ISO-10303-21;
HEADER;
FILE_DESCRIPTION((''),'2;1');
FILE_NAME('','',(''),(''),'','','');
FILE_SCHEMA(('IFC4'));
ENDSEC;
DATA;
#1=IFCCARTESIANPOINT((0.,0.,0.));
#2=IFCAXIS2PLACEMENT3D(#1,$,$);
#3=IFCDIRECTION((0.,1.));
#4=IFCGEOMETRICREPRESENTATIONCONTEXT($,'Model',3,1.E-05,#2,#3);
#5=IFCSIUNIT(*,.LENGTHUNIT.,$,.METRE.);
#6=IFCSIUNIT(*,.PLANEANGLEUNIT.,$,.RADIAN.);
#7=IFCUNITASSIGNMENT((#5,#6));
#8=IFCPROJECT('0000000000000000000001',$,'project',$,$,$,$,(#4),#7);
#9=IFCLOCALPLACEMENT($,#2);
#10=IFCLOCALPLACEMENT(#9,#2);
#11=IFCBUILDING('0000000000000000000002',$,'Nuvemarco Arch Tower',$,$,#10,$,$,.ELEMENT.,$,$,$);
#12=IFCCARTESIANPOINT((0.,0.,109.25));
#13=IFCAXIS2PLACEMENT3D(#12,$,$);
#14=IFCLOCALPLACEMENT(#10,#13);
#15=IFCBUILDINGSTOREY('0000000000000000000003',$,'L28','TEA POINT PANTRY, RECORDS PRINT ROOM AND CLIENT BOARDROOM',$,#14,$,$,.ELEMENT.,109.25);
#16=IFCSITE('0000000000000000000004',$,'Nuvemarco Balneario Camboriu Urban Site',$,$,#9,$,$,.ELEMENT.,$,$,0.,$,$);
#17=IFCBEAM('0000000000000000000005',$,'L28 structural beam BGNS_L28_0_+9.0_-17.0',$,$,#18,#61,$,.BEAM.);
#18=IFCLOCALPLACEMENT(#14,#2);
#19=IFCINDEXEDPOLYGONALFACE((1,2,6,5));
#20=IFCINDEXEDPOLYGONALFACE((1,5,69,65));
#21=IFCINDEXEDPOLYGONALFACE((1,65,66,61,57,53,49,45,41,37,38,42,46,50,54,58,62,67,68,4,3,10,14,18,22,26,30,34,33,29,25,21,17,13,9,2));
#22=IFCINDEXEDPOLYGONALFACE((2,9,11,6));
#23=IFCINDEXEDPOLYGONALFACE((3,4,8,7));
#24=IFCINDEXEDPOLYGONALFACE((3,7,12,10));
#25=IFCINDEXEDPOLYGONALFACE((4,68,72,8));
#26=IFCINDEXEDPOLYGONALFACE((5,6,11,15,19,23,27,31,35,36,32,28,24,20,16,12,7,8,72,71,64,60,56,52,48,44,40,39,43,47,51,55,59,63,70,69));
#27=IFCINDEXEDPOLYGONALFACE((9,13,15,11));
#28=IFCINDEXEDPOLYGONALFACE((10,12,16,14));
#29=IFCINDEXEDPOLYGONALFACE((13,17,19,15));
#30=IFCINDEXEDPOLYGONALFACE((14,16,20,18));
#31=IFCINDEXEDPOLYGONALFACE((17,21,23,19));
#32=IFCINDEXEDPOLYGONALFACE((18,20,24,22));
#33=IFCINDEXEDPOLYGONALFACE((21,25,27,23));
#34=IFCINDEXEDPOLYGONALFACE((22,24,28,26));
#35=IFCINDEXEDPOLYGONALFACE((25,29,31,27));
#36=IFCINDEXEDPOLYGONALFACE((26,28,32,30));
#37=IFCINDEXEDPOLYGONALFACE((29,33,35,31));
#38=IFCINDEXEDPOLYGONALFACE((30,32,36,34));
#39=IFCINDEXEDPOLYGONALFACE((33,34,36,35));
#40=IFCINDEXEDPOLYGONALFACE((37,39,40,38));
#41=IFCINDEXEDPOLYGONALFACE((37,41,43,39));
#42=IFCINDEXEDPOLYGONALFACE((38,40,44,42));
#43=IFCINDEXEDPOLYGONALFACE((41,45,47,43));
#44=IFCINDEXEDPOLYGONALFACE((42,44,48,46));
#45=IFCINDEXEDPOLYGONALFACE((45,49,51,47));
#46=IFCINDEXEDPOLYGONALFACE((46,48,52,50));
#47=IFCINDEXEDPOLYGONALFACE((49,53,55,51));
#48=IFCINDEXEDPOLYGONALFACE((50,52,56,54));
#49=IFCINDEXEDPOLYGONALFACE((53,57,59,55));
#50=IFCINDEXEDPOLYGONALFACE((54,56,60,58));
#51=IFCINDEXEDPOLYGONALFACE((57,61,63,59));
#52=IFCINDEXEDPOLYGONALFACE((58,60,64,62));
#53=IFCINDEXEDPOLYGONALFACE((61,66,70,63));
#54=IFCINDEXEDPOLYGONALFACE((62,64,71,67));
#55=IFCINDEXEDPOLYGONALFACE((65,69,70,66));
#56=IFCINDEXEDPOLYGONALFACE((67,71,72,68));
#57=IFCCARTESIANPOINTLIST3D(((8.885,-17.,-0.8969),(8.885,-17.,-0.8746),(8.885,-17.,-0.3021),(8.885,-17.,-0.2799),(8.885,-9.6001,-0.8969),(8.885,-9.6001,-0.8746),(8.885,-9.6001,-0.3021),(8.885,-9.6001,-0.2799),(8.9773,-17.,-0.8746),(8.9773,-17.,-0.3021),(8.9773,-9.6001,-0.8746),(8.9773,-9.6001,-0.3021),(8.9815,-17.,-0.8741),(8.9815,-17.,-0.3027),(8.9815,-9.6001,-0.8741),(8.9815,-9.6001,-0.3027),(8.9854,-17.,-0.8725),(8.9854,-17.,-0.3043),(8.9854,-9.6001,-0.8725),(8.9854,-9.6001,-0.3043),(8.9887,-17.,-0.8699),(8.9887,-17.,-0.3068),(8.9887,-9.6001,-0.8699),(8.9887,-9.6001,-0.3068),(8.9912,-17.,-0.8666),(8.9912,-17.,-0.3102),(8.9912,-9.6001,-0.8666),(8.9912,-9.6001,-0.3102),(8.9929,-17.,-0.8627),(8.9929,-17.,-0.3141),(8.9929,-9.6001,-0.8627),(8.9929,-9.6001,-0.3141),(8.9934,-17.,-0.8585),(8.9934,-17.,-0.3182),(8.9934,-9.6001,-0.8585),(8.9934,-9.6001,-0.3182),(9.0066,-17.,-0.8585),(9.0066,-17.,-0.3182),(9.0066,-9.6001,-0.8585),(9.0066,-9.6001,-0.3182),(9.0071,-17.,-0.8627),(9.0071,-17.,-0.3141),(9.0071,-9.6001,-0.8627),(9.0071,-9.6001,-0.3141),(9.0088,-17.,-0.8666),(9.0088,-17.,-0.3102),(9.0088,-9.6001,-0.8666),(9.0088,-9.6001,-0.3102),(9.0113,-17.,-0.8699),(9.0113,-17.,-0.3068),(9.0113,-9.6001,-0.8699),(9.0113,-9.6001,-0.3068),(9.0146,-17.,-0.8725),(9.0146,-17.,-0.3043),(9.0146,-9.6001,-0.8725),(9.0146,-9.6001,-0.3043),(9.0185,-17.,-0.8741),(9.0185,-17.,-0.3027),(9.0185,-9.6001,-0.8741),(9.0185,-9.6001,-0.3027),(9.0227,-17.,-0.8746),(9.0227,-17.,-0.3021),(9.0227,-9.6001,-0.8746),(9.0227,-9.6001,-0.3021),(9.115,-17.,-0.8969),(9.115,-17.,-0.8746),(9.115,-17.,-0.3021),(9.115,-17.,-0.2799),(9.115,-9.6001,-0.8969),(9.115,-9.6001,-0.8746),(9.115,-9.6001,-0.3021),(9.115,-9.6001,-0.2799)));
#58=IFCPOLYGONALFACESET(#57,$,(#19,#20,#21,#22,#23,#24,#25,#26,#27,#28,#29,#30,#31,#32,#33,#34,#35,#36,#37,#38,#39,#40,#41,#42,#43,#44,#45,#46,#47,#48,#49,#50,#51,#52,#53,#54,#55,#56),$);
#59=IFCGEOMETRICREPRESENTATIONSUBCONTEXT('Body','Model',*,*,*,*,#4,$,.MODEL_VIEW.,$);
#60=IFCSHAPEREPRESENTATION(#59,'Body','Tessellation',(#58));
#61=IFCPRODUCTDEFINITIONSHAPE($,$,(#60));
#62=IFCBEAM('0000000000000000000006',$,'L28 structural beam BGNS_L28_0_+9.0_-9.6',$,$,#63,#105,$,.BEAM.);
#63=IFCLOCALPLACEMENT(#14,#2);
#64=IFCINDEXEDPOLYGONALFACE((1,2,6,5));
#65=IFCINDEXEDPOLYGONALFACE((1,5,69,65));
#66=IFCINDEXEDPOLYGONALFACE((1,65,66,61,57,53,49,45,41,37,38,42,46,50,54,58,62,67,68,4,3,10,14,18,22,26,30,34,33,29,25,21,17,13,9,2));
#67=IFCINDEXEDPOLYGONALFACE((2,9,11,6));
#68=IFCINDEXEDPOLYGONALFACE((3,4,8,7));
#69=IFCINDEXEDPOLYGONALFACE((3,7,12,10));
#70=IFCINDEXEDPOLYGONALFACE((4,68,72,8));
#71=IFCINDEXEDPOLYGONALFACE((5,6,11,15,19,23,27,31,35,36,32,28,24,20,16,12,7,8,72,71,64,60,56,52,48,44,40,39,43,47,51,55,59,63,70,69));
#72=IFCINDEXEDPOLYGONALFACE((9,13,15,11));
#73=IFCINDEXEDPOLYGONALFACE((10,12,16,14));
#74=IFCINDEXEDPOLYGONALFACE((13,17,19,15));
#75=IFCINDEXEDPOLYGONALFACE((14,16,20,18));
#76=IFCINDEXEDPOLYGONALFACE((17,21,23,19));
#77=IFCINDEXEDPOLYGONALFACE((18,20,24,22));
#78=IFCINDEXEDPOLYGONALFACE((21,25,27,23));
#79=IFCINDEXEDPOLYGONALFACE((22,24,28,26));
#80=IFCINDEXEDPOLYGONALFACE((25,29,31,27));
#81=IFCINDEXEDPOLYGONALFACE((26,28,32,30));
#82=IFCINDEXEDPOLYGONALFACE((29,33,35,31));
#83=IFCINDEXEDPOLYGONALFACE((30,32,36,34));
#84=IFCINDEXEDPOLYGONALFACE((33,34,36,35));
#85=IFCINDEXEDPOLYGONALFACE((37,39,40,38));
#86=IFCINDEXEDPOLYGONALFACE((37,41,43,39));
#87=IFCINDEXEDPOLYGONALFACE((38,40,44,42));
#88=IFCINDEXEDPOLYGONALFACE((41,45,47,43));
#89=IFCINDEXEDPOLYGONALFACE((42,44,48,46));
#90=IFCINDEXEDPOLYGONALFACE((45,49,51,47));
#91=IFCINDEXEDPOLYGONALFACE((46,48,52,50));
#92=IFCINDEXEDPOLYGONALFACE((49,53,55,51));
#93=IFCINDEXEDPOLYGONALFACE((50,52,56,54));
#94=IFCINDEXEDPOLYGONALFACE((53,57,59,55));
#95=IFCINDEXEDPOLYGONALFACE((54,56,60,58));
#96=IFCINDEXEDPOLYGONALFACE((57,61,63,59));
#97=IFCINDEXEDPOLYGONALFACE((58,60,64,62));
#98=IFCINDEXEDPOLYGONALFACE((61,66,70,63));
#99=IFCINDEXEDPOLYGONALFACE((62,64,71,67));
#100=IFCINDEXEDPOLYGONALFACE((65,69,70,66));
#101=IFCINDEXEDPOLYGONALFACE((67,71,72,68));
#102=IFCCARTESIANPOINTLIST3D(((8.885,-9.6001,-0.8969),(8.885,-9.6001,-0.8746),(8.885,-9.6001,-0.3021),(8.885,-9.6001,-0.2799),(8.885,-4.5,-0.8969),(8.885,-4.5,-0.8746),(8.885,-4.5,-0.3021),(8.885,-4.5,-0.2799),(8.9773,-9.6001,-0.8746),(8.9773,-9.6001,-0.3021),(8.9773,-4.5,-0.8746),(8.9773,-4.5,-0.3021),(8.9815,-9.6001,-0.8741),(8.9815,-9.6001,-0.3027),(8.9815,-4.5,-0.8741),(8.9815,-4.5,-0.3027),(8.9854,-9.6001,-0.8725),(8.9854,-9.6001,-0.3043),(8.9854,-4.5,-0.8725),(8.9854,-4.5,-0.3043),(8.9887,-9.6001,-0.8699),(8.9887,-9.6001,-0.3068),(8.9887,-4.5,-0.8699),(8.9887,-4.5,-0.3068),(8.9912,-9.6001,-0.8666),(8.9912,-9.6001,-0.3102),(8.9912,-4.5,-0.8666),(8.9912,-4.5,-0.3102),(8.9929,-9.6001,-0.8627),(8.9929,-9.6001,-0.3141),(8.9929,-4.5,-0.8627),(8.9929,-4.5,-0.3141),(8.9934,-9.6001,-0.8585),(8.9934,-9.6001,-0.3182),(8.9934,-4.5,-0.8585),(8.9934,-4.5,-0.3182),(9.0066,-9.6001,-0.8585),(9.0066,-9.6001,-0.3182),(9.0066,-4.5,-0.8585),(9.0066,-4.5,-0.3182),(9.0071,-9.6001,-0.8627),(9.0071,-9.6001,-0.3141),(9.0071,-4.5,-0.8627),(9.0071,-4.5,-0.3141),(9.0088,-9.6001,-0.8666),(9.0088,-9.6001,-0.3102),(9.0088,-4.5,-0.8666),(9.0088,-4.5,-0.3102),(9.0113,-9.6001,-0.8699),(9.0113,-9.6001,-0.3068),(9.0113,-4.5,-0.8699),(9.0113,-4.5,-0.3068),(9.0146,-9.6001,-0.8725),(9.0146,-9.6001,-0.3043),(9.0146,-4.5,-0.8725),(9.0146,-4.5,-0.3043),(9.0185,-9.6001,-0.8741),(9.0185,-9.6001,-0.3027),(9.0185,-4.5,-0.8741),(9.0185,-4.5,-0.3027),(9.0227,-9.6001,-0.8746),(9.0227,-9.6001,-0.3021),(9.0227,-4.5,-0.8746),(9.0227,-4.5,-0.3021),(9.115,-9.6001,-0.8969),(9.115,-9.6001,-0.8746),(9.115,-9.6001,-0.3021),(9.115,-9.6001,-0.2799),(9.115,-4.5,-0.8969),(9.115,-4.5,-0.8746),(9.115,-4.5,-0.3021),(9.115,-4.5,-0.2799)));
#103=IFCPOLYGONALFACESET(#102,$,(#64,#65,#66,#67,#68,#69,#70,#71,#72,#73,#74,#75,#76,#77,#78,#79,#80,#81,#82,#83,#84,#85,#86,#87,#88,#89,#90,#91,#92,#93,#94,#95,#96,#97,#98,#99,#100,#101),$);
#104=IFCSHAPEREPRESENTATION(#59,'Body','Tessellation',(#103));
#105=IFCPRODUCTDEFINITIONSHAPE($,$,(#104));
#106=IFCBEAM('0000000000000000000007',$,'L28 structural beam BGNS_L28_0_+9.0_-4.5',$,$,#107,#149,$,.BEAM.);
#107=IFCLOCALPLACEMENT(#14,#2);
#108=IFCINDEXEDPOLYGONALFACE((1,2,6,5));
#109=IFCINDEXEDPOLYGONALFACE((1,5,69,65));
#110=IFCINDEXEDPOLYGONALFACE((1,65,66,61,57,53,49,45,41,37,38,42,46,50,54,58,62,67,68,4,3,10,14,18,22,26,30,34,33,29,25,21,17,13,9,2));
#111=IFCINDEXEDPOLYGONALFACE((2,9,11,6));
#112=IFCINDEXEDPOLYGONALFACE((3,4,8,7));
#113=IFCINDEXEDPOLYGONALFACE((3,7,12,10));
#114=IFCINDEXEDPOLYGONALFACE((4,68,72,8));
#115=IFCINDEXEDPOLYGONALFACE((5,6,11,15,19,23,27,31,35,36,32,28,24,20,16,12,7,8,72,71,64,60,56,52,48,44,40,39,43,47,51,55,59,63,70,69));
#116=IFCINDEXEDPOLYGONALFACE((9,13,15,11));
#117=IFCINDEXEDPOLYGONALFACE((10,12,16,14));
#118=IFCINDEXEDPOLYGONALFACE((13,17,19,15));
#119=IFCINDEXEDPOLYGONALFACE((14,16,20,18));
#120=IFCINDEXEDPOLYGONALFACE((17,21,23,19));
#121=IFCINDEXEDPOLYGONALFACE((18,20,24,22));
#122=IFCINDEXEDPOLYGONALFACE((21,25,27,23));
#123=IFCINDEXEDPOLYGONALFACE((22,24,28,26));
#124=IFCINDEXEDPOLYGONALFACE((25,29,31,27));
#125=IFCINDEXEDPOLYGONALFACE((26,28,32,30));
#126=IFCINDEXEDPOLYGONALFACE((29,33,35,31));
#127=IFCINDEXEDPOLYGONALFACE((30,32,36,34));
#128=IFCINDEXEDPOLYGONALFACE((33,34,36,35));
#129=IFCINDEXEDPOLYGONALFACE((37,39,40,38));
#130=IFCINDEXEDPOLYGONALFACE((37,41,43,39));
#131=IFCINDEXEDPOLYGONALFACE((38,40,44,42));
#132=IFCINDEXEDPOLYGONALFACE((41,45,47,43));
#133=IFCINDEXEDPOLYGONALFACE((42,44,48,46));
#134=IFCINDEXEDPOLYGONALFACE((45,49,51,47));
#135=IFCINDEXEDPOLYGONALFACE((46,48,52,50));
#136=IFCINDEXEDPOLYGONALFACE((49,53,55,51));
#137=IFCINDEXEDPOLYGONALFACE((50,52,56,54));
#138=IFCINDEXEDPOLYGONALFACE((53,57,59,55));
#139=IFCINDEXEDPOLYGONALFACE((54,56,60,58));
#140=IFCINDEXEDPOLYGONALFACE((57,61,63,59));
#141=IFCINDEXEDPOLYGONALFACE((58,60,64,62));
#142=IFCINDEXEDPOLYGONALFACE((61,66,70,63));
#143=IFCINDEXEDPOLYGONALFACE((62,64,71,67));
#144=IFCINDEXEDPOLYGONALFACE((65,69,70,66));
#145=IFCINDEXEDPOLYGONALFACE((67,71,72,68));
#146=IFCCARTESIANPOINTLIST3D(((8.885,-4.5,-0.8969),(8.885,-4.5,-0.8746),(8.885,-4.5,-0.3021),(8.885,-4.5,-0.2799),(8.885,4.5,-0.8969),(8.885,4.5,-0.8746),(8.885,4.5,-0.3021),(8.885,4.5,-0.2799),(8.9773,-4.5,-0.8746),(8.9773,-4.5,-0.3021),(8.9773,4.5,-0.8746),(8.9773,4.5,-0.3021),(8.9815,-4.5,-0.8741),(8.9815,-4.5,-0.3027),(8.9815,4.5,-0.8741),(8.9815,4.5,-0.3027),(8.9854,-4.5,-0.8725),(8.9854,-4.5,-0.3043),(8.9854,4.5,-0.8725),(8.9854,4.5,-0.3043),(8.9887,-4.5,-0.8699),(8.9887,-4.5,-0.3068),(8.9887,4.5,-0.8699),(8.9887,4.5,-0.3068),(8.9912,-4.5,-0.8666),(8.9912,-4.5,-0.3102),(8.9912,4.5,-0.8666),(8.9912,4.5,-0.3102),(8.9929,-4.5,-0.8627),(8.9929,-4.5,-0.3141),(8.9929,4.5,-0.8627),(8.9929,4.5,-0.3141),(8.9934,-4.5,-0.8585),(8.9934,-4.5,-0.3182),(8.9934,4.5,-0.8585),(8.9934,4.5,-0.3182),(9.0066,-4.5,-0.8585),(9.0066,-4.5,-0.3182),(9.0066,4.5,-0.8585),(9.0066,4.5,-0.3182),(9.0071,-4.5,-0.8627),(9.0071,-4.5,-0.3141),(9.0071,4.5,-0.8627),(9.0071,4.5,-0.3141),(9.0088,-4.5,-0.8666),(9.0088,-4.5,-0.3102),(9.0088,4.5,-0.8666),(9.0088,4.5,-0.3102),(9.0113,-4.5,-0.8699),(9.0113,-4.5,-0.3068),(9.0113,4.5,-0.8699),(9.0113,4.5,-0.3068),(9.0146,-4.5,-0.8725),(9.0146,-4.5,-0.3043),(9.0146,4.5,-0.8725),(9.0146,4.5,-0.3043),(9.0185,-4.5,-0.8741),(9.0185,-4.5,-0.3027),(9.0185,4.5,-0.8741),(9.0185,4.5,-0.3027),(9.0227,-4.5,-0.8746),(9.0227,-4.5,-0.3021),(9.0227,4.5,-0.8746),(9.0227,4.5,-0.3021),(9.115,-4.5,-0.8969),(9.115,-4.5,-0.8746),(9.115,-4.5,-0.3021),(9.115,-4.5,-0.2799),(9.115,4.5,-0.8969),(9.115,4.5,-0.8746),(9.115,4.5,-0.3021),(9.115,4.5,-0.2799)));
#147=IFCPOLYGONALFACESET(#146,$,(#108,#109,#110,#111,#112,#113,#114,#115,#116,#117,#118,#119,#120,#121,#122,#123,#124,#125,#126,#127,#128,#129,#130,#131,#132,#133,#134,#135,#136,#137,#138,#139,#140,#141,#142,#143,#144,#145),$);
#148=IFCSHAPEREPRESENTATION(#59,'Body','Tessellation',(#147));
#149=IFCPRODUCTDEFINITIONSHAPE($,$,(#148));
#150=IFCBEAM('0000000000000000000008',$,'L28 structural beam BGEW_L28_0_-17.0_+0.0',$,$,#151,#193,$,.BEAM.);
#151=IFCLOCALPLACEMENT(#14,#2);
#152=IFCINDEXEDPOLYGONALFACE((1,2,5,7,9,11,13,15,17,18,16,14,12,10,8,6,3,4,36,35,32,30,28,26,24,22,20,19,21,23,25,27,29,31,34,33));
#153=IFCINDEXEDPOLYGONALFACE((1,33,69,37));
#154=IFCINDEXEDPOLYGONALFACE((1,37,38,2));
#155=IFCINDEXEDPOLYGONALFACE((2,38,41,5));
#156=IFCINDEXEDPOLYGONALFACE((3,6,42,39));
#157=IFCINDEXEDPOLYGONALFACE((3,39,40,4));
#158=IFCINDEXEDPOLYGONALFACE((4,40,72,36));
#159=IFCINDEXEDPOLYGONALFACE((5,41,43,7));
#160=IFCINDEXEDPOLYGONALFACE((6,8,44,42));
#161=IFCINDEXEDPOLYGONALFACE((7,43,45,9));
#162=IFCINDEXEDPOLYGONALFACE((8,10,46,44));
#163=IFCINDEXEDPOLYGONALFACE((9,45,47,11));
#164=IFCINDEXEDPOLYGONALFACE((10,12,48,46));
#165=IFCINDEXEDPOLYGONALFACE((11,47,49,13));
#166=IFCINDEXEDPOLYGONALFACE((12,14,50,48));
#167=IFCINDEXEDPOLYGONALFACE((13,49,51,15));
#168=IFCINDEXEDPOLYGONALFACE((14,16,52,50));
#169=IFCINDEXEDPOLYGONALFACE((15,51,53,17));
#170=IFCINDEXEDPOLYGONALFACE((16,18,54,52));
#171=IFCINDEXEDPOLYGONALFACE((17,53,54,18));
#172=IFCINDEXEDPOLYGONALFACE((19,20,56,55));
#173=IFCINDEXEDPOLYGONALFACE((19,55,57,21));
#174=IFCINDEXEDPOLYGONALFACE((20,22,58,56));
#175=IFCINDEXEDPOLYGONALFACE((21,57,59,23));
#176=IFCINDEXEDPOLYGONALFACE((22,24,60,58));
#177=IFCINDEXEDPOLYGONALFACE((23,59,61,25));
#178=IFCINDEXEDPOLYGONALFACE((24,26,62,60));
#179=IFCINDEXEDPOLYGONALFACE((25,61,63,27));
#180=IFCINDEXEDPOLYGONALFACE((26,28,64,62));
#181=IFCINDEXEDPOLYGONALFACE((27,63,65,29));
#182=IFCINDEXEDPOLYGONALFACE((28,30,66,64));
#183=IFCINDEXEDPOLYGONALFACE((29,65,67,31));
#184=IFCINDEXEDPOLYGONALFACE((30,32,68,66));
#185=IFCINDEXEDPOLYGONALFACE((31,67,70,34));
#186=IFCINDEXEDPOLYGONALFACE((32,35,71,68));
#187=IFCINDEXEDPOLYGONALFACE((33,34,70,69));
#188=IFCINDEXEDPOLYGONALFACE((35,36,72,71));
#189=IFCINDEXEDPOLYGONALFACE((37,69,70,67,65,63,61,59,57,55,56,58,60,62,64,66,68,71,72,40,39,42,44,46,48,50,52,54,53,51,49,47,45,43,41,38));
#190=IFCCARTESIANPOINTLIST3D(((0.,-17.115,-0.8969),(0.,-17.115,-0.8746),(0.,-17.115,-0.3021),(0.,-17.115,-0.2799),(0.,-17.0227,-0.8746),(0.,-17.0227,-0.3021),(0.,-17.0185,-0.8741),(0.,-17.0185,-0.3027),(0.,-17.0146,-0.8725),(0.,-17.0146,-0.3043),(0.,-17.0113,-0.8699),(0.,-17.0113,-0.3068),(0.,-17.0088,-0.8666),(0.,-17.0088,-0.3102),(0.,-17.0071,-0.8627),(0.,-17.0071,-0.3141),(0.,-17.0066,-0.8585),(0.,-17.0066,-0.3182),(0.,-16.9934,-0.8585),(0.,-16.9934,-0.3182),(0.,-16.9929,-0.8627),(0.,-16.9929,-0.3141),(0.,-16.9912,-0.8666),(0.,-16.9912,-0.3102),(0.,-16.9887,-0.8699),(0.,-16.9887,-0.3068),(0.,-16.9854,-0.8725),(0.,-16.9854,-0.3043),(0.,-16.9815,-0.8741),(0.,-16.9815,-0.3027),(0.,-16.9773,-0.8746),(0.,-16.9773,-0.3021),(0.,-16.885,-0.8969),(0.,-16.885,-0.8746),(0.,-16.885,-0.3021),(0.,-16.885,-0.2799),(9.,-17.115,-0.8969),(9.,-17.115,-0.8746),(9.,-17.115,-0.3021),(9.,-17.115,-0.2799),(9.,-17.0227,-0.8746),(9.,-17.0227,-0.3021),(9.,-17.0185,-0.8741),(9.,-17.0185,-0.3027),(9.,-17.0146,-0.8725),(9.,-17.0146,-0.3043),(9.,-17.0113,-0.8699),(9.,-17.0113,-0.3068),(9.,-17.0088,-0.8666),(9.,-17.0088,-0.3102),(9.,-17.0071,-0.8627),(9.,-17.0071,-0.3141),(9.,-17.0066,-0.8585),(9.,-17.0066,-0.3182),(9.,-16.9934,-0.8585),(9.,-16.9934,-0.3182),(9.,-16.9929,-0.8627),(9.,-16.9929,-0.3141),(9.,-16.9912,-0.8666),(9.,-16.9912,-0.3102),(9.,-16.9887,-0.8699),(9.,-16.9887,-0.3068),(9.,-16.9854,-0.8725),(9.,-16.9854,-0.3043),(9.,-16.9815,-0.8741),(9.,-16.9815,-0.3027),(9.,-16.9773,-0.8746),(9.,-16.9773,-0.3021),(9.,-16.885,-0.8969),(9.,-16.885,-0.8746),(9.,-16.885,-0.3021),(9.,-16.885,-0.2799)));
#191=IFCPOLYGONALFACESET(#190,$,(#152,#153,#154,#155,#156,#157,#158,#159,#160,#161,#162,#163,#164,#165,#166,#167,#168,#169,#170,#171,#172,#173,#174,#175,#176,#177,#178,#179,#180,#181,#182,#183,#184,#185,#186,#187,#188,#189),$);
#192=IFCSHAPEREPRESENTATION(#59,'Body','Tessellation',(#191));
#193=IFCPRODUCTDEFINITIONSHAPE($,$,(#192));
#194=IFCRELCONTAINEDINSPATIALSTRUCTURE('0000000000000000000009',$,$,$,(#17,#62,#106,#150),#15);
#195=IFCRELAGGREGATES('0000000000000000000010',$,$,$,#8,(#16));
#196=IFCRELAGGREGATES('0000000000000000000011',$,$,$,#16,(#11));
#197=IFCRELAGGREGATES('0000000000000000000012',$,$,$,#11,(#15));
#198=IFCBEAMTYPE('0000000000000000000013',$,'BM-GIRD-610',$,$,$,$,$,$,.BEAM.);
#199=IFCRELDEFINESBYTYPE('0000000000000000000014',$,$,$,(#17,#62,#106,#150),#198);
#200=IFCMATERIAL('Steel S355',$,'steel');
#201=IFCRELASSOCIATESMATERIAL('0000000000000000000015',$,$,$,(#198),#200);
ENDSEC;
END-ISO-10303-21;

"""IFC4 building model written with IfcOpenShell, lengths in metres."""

from ifc_helpers import new_model, si_unit, direction, frame, origin, origin_2d, place, context, subcontext, project, spatial, i_section, extrude, material, material_profile, profile_set, type_object, element, save


model = new_model("IFC4")

# Units and contexts
model_context = context("Model", 3, precision=1e-05, world=origin(), true_north=direction((0.0, 1.0)))
body_context = subcontext(model_context, "Body", "Model", "MODEL_VIEW")
ifc_project = project(units=[si_unit("LENGTHUNIT", "METRE"), si_unit("PLANEANGLEUNIT", "RADIAN")], contexts=[model_context])

# Site, building, storey
site_placement = place(None, origin())
site = spatial("IfcSite", under=ifc_project, at=site_placement, Name="Nuvemarco Balneario Camboriu Urban Site", CompositionType="ELEMENT", RefElevation=0.0)
building_placement = place(site_placement, origin())
building = spatial("IfcBuilding", under=site, at=building_placement, Name="Nuvemarco Arch Tower", CompositionType="ELEMENT")
storey_placement = place(building_placement, frame((0.0, 0.0, 109.25)))
storey = spatial("IfcBuildingStorey", under=building, at=storey_placement, Name="L28", Description="TEA POINT PANTRY, RECORDS PRINT ROOM AND CLIENT BOARDROOM", CompositionType="ELEMENT", Elevation=109.25)

# Shared definitions
ifc_material_1 = material(Name="Steel S355", Category="steel")

# Beams
ifc_material_profile_1 = material_profile(ifc_material_1, i_section(OverallWidth=0.23, OverallDepth=0.6169, WebThickness=0.0132, FlangeThickness=0.0222, FilletRadius=0.0161, at=origin_2d()), Name="W610x140")
ifc_profile_set_1 = profile_set([ifc_material_profile_1], Name="Steel S355")
beam_type_1 = type_object("IfcBeamType", Name="BM-GIRD-610", PredefinedType="BEAM", material=ifc_profile_set_1)
beam_1_placement = place(storey_placement, frame((9.0, -17.0, -0.5884), z_axis=(0.0, 1.0, 0.0), x_axis=(-1.0, 0.0, 0.0)))
element("IfcBeam", 1, at=beam_1_placement, inside=storey, type_object=beam_type_1, Name="L28 structural beam BGNS_L28_0_+9.0_-17.0", PredefinedType="BEAM", context=body_context, shape_type="SweptSolid", body=[
    extrude(i_section(OverallWidth=0.23, OverallDepth=0.6169, WebThickness=0.0132, FlangeThickness=0.0222, FilletRadius=0.0161, at=origin_2d()), origin(), (0.0, 0.0, 1.0), 7.3999),
])
beam_2_placement = place(storey_placement, frame((9.0, -9.6001, -0.5884), z_axis=(0.0, 1.0, 0.0), x_axis=(-1.0, 0.0, 0.0)))
element("IfcBeam", 2, at=beam_2_placement, inside=storey, type_object=beam_type_1, Name="L28 structural beam BGNS_L28_0_+9.0_-9.6", PredefinedType="BEAM", context=body_context, shape_type="SweptSolid", body=[
    extrude(i_section(OverallWidth=0.23, OverallDepth=0.6169, WebThickness=0.0132, FlangeThickness=0.0222, FilletRadius=0.0161, at=origin_2d()), origin(), (0.0, 0.0, 1.0), 5.1001),
])
for number, where, z_axis, x_axis, name in (
    (3, (9.0, -4.5, -0.5884), (0.0, 1.0, 0.0), (-1.0, 0.0, 0.0), "L28 structural beam BGNS_L28_0_+9.0_-4.5"),
    (4, (0.0, -17.0, -0.5884), (1.0, 0.0, 0.0), (0.0, 1.0, 0.0), "L28 structural beam BGEW_L28_0_-17.0_+0.0"),
):
    element("IfcBeam", number, at=place(storey_placement, frame(where, z_axis=z_axis, x_axis=x_axis)), inside=storey, type_object=beam_type_1, Name=name, PredefinedType="BEAM", context=body_context, shape_type="SweptSolid", body=[
        extrude(i_section(OverallWidth=0.23, OverallDepth=0.6169, WebThickness=0.0132, FlangeThickness=0.0222, FilletRadius=0.0161, at=origin_2d()), origin(), (0.0, 0.0, 1.0), 9.0),
    ])

save(model, "model.ifc")
